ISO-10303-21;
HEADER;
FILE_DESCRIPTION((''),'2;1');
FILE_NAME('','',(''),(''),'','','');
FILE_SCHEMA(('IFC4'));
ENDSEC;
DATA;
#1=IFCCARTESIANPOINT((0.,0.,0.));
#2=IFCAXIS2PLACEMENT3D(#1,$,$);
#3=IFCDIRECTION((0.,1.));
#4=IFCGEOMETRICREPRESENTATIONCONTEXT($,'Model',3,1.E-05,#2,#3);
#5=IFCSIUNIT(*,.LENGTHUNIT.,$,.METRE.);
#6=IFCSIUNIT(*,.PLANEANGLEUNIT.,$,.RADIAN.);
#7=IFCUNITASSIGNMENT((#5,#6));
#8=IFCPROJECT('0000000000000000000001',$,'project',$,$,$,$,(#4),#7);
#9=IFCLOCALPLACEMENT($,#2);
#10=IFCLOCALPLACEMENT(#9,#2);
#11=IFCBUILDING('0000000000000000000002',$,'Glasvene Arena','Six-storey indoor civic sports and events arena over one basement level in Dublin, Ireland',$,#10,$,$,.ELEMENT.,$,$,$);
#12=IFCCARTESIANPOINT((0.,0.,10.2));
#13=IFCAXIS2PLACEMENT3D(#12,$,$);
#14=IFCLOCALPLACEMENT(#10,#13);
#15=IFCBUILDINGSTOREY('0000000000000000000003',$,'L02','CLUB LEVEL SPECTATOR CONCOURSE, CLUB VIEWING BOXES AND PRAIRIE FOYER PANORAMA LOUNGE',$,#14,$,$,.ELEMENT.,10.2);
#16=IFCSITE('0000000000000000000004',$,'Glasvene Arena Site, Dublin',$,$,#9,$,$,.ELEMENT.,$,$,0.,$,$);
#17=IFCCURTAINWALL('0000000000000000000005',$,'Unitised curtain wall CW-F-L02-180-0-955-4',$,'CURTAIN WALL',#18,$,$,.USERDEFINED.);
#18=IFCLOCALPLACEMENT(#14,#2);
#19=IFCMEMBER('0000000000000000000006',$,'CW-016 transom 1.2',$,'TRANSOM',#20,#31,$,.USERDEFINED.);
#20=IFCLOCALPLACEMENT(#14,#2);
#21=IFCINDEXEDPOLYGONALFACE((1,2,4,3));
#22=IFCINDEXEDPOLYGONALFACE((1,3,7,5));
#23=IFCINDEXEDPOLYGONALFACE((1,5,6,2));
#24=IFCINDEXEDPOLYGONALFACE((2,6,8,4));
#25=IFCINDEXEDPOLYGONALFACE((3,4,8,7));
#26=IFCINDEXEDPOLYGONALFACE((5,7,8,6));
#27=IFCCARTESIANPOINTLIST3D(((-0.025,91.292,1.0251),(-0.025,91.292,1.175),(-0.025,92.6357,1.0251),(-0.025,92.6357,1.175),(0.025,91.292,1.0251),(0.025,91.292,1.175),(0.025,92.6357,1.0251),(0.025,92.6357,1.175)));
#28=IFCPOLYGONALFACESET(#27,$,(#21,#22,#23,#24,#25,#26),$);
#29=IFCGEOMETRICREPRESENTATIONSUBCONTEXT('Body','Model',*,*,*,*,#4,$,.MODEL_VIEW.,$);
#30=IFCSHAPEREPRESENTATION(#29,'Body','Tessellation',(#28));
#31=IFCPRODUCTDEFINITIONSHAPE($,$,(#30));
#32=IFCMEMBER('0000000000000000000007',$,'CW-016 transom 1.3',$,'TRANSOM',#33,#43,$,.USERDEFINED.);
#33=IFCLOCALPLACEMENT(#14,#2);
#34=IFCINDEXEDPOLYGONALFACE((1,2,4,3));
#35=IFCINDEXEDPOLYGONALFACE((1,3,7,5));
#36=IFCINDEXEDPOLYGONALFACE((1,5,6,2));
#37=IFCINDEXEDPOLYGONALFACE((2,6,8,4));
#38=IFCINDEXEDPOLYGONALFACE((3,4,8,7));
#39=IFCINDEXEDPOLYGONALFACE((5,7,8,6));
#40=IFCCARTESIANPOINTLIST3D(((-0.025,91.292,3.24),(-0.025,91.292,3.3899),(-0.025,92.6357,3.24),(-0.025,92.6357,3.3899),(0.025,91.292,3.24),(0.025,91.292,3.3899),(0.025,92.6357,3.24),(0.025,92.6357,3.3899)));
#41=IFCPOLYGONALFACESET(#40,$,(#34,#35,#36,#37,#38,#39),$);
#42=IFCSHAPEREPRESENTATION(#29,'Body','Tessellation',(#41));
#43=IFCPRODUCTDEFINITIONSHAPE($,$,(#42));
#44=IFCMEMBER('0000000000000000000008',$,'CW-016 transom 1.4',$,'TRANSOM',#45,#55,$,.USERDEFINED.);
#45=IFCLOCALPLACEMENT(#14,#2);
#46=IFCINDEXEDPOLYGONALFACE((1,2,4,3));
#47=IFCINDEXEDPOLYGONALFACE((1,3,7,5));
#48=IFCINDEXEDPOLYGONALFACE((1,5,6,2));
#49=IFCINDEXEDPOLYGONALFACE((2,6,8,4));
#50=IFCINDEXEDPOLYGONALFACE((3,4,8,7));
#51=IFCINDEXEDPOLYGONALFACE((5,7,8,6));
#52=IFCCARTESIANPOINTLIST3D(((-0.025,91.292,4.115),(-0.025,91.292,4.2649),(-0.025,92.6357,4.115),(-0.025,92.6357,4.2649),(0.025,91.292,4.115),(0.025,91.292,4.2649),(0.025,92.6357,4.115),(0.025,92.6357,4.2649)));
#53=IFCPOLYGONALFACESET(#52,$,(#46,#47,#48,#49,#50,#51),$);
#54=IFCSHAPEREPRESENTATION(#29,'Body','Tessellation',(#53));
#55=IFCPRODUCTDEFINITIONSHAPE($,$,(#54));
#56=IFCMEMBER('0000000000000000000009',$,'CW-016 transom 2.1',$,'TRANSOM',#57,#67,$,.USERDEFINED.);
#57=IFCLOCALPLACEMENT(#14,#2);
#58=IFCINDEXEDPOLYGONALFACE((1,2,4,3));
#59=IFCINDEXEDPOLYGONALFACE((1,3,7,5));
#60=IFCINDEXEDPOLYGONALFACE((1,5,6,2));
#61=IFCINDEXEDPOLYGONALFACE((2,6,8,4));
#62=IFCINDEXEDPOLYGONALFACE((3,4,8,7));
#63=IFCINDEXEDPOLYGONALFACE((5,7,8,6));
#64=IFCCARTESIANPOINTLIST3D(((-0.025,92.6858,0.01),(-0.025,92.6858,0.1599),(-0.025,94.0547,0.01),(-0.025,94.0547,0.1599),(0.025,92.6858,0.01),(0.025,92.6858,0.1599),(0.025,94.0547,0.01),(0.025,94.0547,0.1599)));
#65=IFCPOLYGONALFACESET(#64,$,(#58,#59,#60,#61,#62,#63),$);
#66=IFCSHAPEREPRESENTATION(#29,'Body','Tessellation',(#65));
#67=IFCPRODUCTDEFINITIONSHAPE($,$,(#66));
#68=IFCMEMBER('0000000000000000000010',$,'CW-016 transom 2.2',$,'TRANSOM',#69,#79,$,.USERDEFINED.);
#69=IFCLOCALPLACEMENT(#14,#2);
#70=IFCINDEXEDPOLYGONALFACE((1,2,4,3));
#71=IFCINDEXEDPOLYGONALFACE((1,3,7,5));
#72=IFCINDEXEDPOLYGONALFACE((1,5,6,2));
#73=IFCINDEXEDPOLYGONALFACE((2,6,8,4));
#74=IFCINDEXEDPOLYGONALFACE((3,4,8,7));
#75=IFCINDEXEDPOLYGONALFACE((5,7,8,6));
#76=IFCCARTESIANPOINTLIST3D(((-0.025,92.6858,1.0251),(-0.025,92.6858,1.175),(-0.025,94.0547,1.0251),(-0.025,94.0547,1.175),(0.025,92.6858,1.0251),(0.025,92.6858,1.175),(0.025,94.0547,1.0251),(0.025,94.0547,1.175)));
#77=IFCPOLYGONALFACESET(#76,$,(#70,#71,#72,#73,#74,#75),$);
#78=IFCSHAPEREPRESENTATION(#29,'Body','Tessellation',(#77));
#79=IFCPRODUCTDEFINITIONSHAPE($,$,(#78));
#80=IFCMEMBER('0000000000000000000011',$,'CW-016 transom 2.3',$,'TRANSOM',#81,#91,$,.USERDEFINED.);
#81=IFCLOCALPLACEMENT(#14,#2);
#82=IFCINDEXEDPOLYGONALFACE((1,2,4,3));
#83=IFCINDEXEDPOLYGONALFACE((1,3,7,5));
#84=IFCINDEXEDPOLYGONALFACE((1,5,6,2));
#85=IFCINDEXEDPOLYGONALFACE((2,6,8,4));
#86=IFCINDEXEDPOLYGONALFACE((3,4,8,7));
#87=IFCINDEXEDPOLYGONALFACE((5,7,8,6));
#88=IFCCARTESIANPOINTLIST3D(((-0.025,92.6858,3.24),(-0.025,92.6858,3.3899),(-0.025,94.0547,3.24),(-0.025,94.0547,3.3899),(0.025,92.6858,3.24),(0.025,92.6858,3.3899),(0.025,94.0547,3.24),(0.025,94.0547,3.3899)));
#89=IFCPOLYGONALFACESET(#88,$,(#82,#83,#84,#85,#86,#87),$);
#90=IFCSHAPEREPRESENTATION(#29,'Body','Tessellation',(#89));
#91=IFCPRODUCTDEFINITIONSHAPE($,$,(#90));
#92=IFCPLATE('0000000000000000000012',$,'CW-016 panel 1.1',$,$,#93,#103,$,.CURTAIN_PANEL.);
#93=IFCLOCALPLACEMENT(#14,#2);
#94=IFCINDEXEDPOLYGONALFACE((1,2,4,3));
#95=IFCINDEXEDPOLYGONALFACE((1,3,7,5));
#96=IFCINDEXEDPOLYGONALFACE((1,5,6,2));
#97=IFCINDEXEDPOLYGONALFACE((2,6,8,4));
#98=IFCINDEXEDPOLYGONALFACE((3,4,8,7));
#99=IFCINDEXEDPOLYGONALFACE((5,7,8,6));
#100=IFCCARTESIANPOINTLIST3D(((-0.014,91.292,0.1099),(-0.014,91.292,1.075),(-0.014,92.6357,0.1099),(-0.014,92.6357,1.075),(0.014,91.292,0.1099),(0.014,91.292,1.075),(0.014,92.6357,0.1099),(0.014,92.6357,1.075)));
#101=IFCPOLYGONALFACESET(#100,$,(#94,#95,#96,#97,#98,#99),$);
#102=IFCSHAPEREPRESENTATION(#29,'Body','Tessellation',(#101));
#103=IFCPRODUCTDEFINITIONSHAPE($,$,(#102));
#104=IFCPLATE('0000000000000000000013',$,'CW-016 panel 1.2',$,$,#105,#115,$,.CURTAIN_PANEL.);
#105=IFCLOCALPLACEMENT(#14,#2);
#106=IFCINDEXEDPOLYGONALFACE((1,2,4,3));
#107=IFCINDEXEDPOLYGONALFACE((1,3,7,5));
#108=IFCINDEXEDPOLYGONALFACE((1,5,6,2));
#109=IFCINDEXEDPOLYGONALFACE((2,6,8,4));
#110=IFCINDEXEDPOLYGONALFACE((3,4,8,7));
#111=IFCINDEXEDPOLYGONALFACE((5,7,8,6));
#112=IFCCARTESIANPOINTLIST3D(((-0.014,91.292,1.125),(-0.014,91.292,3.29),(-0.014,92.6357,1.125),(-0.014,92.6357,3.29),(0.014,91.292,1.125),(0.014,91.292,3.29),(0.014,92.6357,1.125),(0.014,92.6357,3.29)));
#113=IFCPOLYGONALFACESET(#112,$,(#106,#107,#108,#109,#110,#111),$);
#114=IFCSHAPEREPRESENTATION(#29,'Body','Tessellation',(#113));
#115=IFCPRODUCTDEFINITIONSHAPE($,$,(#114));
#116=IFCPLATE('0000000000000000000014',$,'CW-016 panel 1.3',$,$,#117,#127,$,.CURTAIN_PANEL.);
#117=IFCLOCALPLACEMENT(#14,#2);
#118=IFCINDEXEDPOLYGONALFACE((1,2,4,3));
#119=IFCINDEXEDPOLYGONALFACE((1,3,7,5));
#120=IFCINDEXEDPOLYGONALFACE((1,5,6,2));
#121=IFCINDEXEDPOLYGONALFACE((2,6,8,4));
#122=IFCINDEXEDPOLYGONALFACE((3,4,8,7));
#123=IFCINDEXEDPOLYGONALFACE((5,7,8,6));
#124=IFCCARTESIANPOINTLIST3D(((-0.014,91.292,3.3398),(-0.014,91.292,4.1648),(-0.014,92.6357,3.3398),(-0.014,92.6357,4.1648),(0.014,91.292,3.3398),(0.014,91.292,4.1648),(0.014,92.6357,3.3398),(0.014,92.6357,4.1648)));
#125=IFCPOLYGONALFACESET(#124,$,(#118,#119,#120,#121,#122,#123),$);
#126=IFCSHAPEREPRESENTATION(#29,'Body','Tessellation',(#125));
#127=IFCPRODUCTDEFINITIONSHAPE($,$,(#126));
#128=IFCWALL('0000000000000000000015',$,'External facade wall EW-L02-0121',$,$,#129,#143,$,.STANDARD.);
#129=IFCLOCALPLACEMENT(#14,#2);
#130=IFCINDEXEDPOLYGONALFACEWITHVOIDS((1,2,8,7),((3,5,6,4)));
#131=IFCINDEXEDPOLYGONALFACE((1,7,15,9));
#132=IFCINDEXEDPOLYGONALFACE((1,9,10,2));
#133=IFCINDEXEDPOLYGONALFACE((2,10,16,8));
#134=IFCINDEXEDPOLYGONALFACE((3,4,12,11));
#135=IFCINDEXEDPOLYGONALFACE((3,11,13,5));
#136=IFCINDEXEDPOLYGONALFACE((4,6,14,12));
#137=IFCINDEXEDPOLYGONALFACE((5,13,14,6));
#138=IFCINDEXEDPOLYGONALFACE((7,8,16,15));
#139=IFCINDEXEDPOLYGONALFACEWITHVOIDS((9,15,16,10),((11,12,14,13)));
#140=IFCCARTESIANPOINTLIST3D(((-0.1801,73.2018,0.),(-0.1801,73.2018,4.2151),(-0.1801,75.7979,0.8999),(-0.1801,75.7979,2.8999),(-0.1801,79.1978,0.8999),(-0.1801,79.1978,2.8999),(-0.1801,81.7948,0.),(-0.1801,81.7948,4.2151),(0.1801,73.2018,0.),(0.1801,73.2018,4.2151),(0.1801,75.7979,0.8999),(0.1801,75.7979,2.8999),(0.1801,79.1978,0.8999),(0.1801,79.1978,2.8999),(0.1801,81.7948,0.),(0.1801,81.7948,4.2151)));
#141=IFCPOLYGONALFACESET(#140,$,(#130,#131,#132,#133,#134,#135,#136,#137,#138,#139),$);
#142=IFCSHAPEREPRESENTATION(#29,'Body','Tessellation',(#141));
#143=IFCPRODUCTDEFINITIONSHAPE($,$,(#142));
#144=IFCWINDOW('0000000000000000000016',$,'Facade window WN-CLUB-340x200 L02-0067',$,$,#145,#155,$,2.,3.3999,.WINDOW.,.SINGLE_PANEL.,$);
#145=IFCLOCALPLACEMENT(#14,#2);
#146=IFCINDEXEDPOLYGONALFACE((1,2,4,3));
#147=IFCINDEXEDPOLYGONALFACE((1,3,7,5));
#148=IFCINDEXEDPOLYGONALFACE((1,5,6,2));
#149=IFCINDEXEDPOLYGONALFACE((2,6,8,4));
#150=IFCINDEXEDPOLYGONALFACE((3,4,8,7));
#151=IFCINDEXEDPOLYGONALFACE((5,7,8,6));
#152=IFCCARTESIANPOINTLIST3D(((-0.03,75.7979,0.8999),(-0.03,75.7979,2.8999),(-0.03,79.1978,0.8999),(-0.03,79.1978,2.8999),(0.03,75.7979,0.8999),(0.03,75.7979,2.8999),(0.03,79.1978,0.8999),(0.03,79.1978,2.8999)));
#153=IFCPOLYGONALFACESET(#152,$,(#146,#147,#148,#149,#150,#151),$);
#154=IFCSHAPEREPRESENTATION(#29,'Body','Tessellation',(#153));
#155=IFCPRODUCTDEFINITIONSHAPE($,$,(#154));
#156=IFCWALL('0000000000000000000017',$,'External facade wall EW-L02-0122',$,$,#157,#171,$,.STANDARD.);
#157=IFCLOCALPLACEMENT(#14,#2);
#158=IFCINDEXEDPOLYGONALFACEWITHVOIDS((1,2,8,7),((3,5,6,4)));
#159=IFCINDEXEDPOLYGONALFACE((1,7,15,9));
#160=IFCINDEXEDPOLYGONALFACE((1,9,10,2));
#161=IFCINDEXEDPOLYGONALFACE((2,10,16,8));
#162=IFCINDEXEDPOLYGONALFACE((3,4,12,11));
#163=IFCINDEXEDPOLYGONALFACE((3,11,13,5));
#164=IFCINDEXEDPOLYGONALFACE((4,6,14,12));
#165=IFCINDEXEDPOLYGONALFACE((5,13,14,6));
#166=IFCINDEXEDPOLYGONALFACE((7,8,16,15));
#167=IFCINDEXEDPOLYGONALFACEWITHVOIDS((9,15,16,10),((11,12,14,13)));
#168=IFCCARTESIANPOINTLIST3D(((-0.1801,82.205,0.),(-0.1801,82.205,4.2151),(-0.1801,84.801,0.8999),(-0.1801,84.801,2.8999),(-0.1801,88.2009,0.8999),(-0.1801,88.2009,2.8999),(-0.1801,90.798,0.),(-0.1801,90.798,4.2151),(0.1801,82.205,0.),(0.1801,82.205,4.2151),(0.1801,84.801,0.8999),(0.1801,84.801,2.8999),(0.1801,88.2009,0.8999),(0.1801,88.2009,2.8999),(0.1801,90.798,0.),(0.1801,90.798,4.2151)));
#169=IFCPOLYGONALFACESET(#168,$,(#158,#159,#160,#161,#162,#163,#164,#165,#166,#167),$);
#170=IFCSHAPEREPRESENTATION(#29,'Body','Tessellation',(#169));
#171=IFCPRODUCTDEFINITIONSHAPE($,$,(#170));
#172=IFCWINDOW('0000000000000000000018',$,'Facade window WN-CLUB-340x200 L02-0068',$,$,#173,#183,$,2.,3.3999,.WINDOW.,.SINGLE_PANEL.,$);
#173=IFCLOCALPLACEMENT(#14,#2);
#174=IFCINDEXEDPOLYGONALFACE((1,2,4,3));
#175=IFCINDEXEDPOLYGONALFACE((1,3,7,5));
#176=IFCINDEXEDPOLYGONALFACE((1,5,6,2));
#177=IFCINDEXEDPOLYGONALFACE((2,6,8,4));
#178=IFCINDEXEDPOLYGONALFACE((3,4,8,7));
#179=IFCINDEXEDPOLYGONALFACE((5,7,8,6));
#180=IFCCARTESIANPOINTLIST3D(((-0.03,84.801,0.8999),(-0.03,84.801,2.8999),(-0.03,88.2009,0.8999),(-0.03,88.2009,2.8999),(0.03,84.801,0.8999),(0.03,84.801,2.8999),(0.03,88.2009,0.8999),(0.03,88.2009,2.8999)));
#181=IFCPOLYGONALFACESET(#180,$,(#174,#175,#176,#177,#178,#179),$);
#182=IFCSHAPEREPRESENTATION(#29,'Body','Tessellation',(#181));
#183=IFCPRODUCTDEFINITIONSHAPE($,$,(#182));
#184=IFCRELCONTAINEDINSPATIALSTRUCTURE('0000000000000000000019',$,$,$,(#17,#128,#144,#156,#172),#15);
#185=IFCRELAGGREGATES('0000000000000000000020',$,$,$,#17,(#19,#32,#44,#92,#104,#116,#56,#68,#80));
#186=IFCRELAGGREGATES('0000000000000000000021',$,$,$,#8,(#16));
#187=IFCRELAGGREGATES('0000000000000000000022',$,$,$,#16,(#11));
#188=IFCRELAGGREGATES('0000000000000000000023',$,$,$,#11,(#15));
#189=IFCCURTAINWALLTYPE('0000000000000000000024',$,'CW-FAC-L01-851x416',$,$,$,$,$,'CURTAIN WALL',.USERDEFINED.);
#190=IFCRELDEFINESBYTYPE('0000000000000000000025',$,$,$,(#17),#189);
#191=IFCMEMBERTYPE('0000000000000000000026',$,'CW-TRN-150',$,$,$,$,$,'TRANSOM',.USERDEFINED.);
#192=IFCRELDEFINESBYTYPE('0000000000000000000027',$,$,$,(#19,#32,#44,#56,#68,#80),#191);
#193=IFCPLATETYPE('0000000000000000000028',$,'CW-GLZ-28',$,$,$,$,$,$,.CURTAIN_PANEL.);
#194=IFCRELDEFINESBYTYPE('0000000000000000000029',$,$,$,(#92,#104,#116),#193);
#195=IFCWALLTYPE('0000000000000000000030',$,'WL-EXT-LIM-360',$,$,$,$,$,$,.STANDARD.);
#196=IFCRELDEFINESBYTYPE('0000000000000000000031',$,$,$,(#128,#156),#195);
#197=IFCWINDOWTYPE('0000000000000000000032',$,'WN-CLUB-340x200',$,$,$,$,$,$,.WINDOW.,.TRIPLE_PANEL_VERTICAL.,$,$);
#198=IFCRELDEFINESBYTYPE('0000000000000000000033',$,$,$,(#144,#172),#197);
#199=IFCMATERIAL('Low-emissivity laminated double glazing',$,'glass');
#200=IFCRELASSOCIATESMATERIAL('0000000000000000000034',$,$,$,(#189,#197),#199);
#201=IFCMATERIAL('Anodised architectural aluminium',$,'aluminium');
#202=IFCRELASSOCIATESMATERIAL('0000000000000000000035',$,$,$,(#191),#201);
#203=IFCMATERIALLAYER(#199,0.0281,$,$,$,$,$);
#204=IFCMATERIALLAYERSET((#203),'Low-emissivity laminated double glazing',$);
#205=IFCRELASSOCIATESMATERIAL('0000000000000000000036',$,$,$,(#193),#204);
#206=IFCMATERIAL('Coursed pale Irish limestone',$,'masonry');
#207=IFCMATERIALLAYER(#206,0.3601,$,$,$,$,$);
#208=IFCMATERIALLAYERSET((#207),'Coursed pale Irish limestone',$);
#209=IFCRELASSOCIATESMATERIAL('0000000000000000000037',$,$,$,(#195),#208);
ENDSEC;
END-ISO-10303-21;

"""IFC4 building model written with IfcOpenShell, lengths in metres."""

from ifc_helpers import new_model, si_unit, direction, frame, frame_2d, origin, origin_2d, place, context, subcontext, project, spatial, rectangle, extrude, material, layer, layer_set, material_profile, profile_set, type_object, element, fill, aggregate, save


model = new_model("IFC4")

# Units and contexts
model_context = context("Model", 3, precision=1e-05, world=origin(), true_north=direction((0.0, 1.0)))
body_context = subcontext(model_context, "Body", "Model", "MODEL_VIEW")
ifc_project = project(units=[si_unit("LENGTHUNIT", "METRE"), si_unit("PLANEANGLEUNIT", "RADIAN")], contexts=[model_context])

# Site, building, storey
site_placement = place(None, origin())
site = spatial("IfcSite", under=ifc_project, at=site_placement, Name="Glasvene Arena Site, Dublin", CompositionType="ELEMENT", RefElevation=0.0)
building_placement = place(site_placement, origin())
building = spatial("IfcBuilding", under=site, at=building_placement, Name="Glasvene Arena", Description="Six-storey indoor civic sports and events arena over one basement level in Dublin, Ireland", CompositionType="ELEMENT")
storey_placement = place(building_placement, frame((0.0, 0.0, 10.2)))
storey = spatial("IfcBuildingStorey", under=building, at=storey_placement, Name="L02", Description="CLUB LEVEL SPECTATOR CONCOURSE, CLUB VIEWING BOXES AND PRAIRIE FOYER PANORAMA LOUNGE", CompositionType="ELEMENT", Elevation=10.2)

# Curtain wall, members, plates
ifc_material_1 = material(Name="Low-emissivity laminated double glazing", Category="glass")
curtain_wall_type = type_object("IfcCurtainWallType", Name="CW-FAC-L01-851x416", ElementType="CURTAIN WALL", PredefinedType="USERDEFINED", material=ifc_material_1)
curtain_wall_placement = place(storey_placement, frame((0.0, 91.2419, 0.0)))
curtain_wall = element("IfcCurtainWall", 1, at=curtain_wall_placement, inside=storey, type_object=curtain_wall_type, Name="Unitised curtain wall CW-F-L02-180-0-955-4", ObjectType="CURTAIN WALL", PredefinedType="USERDEFINED")
ifc_material_2 = material(Name="Anodised architectural aluminium", Category="aluminium")
ifc_material_profile_1 = material_profile(ifc_material_2, rectangle(XDim=0.05, YDim=0.1499, at=origin_2d()), Name="ALU TRANSOM 50x150")
ifc_profile_set_1 = profile_set([ifc_material_profile_1], Name="Anodised architectural aluminium")
member_type_1 = type_object("IfcMemberType", Name="CW-TRN-150", ElementType="TRANSOM", PredefinedType="USERDEFINED", material=ifc_profile_set_1)
member_1_placement = place(storey_placement, frame((0.0, 91.292, 1.1001), z_axis=(0.0, 1.0, 0.0), x_axis=(-1.0, 0.0, 0.0)))
member_1 = element("IfcMember", 2, at=member_1_placement, type_object=member_type_1, Name="CW-016 transom 1.2", ObjectType="TRANSOM", PredefinedType="USERDEFINED", context=body_context, shape_type="SweptSolid", body=[
    extrude(rectangle(XDim=0.05, YDim=0.1499, at=origin_2d()), origin(), (0.0, 0.0, 1.0), 1.3438),
])
member_2_placement = place(storey_placement, frame((0.0, 91.292, 3.3149), z_axis=(0.0, 1.0, 0.0), x_axis=(-1.0, 0.0, 0.0)))
member_2 = element("IfcMember", 3, at=member_2_placement, type_object=member_type_1, Name="CW-016 transom 1.3", ObjectType="TRANSOM", PredefinedType="USERDEFINED", context=body_context, shape_type="SweptSolid", body=[
    extrude(rectangle(XDim=0.05, YDim=0.1499, at=origin_2d()), origin(), (0.0, 0.0, 1.0), 1.3438),
])
member_3_placement = place(storey_placement, frame((0.0, 91.292, 4.1899), z_axis=(0.0, 1.0, 0.0), x_axis=(-1.0, 0.0, 0.0)))
member_3 = element("IfcMember", 4, at=member_3_placement, type_object=member_type_1, Name="CW-016 transom 1.4", ObjectType="TRANSOM", PredefinedType="USERDEFINED", context=body_context, shape_type="SweptSolid", body=[
    extrude(rectangle(XDim=0.05, YDim=0.1499, at=origin_2d()), origin(), (0.0, 0.0, 1.0), 1.3438),
])
member_4_placement = place(storey_placement, frame((0.0, 92.6858, 0.085), z_axis=(0.0, 1.0, 0.0), x_axis=(-1.0, 0.0, 0.0)))
member_4 = element("IfcMember", 5, at=member_4_placement, type_object=member_type_1, Name="CW-016 transom 2.1", ObjectType="TRANSOM", PredefinedType="USERDEFINED", context=body_context, shape_type="SweptSolid", body=[
    extrude(rectangle(XDim=0.05, YDim=0.1499, at=origin_2d()), origin(), (0.0, 0.0, 1.0), 1.3689),
])
member_5_placement = place(storey_placement, frame((0.0, 92.6858, 1.1001), z_axis=(0.0, 1.0, 0.0), x_axis=(-1.0, 0.0, 0.0)))
member_5 = element("IfcMember", 6, at=member_5_placement, type_object=member_type_1, Name="CW-016 transom 2.2", ObjectType="TRANSOM", PredefinedType="USERDEFINED", context=body_context, shape_type="SweptSolid", body=[
    extrude(rectangle(XDim=0.05, YDim=0.1499, at=origin_2d()), origin(), (0.0, 0.0, 1.0), 1.3689),
])
member_6_placement = place(storey_placement, frame((0.0, 92.6858, 3.3149), z_axis=(0.0, 1.0, 0.0), x_axis=(-1.0, 0.0, 0.0)))
member_6 = element("IfcMember", 7, at=member_6_placement, type_object=member_type_1, Name="CW-016 transom 2.3", ObjectType="TRANSOM", PredefinedType="USERDEFINED", context=body_context, shape_type="SweptSolid", body=[
    extrude(rectangle(XDim=0.05, YDim=0.1499, at=origin_2d()), origin(), (0.0, 0.0, 1.0), 1.3689),
])
ifc_layer_1 = layer(ifc_material_1, 0.0281)
ifc_layer_set_1 = layer_set([ifc_layer_1], Name="Low-emissivity laminated double glazing")
plate_type = type_object("IfcPlateType", Name="CW-GLZ-28", PredefinedType="CURTAIN_PANEL", material=ifc_layer_set_1)
plate_1_placement = place(storey_placement, frame((0.0, 91.9639, 0.1099), z_axis=(0.0, 0.0, 1.0), x_axis=(0.0, 1.0, 0.0)))
plate_1 = element("IfcPlate", 8, at=plate_1_placement, type_object=plate_type, Name="CW-016 panel 1.1", PredefinedType="CURTAIN_PANEL", context=body_context, shape_type="SweptSolid", body=[
    extrude(rectangle(XDim=1.3438, YDim=0.0281, at=origin_2d()), origin(), (0.0, 0.0, 1.0), 0.9651),
])
plate_2_placement = place(storey_placement, frame((0.0, 91.9639, 1.125), z_axis=(0.0, 0.0, 1.0), x_axis=(0.0, 1.0, 0.0)))
plate_2 = element("IfcPlate", 9, at=plate_2_placement, type_object=plate_type, Name="CW-016 panel 1.2", PredefinedType="CURTAIN_PANEL", context=body_context, shape_type="SweptSolid", body=[
    extrude(rectangle(XDim=1.3438, YDim=0.0281, at=origin_2d()), origin(), (0.0, 0.0, 1.0), 2.165),
])
plate_3_placement = place(storey_placement, frame((0.0, 91.9639, 3.3398), z_axis=(0.0, 0.0, 1.0), x_axis=(0.0, 1.0, 0.0)))
plate_3 = element("IfcPlate", 10, at=plate_3_placement, type_object=plate_type, Name="CW-016 panel 1.3", PredefinedType="CURTAIN_PANEL", context=body_context, shape_type="SweptSolid", body=[
    extrude(rectangle(XDim=1.3438, YDim=0.0281, at=origin_2d()), origin(), (0.0, 0.0, 1.0), 0.825),
])
aggregate(curtain_wall, [member_1, member_2, member_3, plate_1, plate_2, plate_3, member_4, member_5, member_6])

# Walls, openings, windows
ifc_material_3 = material(Name="Coursed pale Irish limestone", Category="masonry")
ifc_layer_2 = layer(ifc_material_3, 0.3601)
ifc_layer_set_2 = layer_set([ifc_layer_2], Name="Coursed pale Irish limestone")
wall_type_1 = type_object("IfcWallType", Name="WL-EXT-LIM-360", PredefinedType="STANDARD", material=ifc_layer_set_2)
wall_1_placement = place(storey_placement, frame((0.0, 73.2019, 0.0), z_axis=(0.0, 0.0, 1.0), x_axis=(0.0, 1.0, 0.0)))
wall_1 = element("IfcWall", 11, at=wall_1_placement, inside=storey, type_object=wall_type_1, Name="External facade wall EW-L02-0121", PredefinedType="STANDARD", context=body_context, shape_type="SweptSolid", body=[
    extrude(rectangle(XDim=8.593, YDim=0.3601, at=frame_2d((4.2964, 0.0))), origin(), (0.0, 0.0, 1.0), 4.2151),
])
opening_1_placement = place(wall_1_placement, frame((2.5959, 0.0, 0.8999)))
opening_1 = element("IfcOpeningElement", 12, at=opening_1_placement, cuts=wall_1, PredefinedType="OPENING", context=body_context, shape_type="SweptSolid", body=[
    extrude(rectangle(XDim=3.3999, YDim=2.0, at=frame_2d((1.7, 1.0))), frame((0.0, 0.1899, 0.0), z_axis=(0.0, -1.0, 0.0), x_axis=(1.0, 0.0, 0.0)), (0.0, 0.0, 1.0), 0.3801),
])
window_type = type_object("IfcWindowType", Name="WN-CLUB-340x200", PartitioningType="TRIPLE_PANEL_VERTICAL", PredefinedType="WINDOW", material=ifc_material_1)
window_1_placement = place(opening_1_placement, origin())
window_1 = element("IfcWindow", 13, at=window_1_placement, inside=storey, type_object=window_type, Name="Facade window WN-CLUB-340x200 L02-0067", OverallHeight=2.0, OverallWidth=3.3999, PartitioningType="SINGLE_PANEL", PredefinedType="WINDOW", context=body_context, shape_type="SweptSolid", body=[
    extrude(rectangle(XDim=3.3999, YDim=2.0, at=frame_2d((1.7, 1.0))), frame((0.0, 0.03, 0.0), z_axis=(0.0, -1.0, 0.0), x_axis=(1.0, 0.0, 0.0)), (0.0, 0.0, 1.0), 0.0601),
])
fill(opening_1, window_1)
wall_2_placement = place(storey_placement, frame((0.0, 82.2051, 0.0), z_axis=(0.0, 0.0, 1.0), x_axis=(0.0, 1.0, 0.0)))
wall_2 = element("IfcWall", 14, at=wall_2_placement, inside=storey, type_object=wall_type_1, Name="External facade wall EW-L02-0122", PredefinedType="STANDARD", context=body_context, shape_type="SweptSolid", body=[
    extrude(rectangle(XDim=8.593, YDim=0.3601, at=frame_2d((4.2964, 0.0))), origin(), (0.0, 0.0, 1.0), 4.2151),
])
opening_2_placement = place(wall_2_placement, frame((2.5959, 0.0, 0.8999)))
opening_2 = element("IfcOpeningElement", 15, at=opening_2_placement, cuts=wall_2, PredefinedType="OPENING", context=body_context, shape_type="SweptSolid", body=[
    extrude(rectangle(XDim=3.3999, YDim=2.0, at=frame_2d((1.7, 1.0))), frame((0.0, 0.1899, 0.0), z_axis=(0.0, -1.0, 0.0), x_axis=(1.0, 0.0, 0.0)), (0.0, 0.0, 1.0), 0.3801),
])
window_2_placement = place(opening_2_placement, origin())
window_2 = element("IfcWindow", 16, at=window_2_placement, inside=storey, type_object=window_type, Name="Facade window WN-CLUB-340x200 L02-0068", OverallHeight=2.0, OverallWidth=3.3999, PartitioningType="SINGLE_PANEL", PredefinedType="WINDOW", context=body_context, shape_type="SweptSolid", body=[
    extrude(rectangle(XDim=3.3999, YDim=2.0, at=frame_2d((1.7, 1.0))), frame((0.0, 0.03, 0.0), z_axis=(0.0, -1.0, 0.0), x_axis=(1.0, 0.0, 0.0)), (0.0, 0.0, 1.0), 0.0601),
])
fill(opening_2, window_2)

save(model, "model.ifc")
